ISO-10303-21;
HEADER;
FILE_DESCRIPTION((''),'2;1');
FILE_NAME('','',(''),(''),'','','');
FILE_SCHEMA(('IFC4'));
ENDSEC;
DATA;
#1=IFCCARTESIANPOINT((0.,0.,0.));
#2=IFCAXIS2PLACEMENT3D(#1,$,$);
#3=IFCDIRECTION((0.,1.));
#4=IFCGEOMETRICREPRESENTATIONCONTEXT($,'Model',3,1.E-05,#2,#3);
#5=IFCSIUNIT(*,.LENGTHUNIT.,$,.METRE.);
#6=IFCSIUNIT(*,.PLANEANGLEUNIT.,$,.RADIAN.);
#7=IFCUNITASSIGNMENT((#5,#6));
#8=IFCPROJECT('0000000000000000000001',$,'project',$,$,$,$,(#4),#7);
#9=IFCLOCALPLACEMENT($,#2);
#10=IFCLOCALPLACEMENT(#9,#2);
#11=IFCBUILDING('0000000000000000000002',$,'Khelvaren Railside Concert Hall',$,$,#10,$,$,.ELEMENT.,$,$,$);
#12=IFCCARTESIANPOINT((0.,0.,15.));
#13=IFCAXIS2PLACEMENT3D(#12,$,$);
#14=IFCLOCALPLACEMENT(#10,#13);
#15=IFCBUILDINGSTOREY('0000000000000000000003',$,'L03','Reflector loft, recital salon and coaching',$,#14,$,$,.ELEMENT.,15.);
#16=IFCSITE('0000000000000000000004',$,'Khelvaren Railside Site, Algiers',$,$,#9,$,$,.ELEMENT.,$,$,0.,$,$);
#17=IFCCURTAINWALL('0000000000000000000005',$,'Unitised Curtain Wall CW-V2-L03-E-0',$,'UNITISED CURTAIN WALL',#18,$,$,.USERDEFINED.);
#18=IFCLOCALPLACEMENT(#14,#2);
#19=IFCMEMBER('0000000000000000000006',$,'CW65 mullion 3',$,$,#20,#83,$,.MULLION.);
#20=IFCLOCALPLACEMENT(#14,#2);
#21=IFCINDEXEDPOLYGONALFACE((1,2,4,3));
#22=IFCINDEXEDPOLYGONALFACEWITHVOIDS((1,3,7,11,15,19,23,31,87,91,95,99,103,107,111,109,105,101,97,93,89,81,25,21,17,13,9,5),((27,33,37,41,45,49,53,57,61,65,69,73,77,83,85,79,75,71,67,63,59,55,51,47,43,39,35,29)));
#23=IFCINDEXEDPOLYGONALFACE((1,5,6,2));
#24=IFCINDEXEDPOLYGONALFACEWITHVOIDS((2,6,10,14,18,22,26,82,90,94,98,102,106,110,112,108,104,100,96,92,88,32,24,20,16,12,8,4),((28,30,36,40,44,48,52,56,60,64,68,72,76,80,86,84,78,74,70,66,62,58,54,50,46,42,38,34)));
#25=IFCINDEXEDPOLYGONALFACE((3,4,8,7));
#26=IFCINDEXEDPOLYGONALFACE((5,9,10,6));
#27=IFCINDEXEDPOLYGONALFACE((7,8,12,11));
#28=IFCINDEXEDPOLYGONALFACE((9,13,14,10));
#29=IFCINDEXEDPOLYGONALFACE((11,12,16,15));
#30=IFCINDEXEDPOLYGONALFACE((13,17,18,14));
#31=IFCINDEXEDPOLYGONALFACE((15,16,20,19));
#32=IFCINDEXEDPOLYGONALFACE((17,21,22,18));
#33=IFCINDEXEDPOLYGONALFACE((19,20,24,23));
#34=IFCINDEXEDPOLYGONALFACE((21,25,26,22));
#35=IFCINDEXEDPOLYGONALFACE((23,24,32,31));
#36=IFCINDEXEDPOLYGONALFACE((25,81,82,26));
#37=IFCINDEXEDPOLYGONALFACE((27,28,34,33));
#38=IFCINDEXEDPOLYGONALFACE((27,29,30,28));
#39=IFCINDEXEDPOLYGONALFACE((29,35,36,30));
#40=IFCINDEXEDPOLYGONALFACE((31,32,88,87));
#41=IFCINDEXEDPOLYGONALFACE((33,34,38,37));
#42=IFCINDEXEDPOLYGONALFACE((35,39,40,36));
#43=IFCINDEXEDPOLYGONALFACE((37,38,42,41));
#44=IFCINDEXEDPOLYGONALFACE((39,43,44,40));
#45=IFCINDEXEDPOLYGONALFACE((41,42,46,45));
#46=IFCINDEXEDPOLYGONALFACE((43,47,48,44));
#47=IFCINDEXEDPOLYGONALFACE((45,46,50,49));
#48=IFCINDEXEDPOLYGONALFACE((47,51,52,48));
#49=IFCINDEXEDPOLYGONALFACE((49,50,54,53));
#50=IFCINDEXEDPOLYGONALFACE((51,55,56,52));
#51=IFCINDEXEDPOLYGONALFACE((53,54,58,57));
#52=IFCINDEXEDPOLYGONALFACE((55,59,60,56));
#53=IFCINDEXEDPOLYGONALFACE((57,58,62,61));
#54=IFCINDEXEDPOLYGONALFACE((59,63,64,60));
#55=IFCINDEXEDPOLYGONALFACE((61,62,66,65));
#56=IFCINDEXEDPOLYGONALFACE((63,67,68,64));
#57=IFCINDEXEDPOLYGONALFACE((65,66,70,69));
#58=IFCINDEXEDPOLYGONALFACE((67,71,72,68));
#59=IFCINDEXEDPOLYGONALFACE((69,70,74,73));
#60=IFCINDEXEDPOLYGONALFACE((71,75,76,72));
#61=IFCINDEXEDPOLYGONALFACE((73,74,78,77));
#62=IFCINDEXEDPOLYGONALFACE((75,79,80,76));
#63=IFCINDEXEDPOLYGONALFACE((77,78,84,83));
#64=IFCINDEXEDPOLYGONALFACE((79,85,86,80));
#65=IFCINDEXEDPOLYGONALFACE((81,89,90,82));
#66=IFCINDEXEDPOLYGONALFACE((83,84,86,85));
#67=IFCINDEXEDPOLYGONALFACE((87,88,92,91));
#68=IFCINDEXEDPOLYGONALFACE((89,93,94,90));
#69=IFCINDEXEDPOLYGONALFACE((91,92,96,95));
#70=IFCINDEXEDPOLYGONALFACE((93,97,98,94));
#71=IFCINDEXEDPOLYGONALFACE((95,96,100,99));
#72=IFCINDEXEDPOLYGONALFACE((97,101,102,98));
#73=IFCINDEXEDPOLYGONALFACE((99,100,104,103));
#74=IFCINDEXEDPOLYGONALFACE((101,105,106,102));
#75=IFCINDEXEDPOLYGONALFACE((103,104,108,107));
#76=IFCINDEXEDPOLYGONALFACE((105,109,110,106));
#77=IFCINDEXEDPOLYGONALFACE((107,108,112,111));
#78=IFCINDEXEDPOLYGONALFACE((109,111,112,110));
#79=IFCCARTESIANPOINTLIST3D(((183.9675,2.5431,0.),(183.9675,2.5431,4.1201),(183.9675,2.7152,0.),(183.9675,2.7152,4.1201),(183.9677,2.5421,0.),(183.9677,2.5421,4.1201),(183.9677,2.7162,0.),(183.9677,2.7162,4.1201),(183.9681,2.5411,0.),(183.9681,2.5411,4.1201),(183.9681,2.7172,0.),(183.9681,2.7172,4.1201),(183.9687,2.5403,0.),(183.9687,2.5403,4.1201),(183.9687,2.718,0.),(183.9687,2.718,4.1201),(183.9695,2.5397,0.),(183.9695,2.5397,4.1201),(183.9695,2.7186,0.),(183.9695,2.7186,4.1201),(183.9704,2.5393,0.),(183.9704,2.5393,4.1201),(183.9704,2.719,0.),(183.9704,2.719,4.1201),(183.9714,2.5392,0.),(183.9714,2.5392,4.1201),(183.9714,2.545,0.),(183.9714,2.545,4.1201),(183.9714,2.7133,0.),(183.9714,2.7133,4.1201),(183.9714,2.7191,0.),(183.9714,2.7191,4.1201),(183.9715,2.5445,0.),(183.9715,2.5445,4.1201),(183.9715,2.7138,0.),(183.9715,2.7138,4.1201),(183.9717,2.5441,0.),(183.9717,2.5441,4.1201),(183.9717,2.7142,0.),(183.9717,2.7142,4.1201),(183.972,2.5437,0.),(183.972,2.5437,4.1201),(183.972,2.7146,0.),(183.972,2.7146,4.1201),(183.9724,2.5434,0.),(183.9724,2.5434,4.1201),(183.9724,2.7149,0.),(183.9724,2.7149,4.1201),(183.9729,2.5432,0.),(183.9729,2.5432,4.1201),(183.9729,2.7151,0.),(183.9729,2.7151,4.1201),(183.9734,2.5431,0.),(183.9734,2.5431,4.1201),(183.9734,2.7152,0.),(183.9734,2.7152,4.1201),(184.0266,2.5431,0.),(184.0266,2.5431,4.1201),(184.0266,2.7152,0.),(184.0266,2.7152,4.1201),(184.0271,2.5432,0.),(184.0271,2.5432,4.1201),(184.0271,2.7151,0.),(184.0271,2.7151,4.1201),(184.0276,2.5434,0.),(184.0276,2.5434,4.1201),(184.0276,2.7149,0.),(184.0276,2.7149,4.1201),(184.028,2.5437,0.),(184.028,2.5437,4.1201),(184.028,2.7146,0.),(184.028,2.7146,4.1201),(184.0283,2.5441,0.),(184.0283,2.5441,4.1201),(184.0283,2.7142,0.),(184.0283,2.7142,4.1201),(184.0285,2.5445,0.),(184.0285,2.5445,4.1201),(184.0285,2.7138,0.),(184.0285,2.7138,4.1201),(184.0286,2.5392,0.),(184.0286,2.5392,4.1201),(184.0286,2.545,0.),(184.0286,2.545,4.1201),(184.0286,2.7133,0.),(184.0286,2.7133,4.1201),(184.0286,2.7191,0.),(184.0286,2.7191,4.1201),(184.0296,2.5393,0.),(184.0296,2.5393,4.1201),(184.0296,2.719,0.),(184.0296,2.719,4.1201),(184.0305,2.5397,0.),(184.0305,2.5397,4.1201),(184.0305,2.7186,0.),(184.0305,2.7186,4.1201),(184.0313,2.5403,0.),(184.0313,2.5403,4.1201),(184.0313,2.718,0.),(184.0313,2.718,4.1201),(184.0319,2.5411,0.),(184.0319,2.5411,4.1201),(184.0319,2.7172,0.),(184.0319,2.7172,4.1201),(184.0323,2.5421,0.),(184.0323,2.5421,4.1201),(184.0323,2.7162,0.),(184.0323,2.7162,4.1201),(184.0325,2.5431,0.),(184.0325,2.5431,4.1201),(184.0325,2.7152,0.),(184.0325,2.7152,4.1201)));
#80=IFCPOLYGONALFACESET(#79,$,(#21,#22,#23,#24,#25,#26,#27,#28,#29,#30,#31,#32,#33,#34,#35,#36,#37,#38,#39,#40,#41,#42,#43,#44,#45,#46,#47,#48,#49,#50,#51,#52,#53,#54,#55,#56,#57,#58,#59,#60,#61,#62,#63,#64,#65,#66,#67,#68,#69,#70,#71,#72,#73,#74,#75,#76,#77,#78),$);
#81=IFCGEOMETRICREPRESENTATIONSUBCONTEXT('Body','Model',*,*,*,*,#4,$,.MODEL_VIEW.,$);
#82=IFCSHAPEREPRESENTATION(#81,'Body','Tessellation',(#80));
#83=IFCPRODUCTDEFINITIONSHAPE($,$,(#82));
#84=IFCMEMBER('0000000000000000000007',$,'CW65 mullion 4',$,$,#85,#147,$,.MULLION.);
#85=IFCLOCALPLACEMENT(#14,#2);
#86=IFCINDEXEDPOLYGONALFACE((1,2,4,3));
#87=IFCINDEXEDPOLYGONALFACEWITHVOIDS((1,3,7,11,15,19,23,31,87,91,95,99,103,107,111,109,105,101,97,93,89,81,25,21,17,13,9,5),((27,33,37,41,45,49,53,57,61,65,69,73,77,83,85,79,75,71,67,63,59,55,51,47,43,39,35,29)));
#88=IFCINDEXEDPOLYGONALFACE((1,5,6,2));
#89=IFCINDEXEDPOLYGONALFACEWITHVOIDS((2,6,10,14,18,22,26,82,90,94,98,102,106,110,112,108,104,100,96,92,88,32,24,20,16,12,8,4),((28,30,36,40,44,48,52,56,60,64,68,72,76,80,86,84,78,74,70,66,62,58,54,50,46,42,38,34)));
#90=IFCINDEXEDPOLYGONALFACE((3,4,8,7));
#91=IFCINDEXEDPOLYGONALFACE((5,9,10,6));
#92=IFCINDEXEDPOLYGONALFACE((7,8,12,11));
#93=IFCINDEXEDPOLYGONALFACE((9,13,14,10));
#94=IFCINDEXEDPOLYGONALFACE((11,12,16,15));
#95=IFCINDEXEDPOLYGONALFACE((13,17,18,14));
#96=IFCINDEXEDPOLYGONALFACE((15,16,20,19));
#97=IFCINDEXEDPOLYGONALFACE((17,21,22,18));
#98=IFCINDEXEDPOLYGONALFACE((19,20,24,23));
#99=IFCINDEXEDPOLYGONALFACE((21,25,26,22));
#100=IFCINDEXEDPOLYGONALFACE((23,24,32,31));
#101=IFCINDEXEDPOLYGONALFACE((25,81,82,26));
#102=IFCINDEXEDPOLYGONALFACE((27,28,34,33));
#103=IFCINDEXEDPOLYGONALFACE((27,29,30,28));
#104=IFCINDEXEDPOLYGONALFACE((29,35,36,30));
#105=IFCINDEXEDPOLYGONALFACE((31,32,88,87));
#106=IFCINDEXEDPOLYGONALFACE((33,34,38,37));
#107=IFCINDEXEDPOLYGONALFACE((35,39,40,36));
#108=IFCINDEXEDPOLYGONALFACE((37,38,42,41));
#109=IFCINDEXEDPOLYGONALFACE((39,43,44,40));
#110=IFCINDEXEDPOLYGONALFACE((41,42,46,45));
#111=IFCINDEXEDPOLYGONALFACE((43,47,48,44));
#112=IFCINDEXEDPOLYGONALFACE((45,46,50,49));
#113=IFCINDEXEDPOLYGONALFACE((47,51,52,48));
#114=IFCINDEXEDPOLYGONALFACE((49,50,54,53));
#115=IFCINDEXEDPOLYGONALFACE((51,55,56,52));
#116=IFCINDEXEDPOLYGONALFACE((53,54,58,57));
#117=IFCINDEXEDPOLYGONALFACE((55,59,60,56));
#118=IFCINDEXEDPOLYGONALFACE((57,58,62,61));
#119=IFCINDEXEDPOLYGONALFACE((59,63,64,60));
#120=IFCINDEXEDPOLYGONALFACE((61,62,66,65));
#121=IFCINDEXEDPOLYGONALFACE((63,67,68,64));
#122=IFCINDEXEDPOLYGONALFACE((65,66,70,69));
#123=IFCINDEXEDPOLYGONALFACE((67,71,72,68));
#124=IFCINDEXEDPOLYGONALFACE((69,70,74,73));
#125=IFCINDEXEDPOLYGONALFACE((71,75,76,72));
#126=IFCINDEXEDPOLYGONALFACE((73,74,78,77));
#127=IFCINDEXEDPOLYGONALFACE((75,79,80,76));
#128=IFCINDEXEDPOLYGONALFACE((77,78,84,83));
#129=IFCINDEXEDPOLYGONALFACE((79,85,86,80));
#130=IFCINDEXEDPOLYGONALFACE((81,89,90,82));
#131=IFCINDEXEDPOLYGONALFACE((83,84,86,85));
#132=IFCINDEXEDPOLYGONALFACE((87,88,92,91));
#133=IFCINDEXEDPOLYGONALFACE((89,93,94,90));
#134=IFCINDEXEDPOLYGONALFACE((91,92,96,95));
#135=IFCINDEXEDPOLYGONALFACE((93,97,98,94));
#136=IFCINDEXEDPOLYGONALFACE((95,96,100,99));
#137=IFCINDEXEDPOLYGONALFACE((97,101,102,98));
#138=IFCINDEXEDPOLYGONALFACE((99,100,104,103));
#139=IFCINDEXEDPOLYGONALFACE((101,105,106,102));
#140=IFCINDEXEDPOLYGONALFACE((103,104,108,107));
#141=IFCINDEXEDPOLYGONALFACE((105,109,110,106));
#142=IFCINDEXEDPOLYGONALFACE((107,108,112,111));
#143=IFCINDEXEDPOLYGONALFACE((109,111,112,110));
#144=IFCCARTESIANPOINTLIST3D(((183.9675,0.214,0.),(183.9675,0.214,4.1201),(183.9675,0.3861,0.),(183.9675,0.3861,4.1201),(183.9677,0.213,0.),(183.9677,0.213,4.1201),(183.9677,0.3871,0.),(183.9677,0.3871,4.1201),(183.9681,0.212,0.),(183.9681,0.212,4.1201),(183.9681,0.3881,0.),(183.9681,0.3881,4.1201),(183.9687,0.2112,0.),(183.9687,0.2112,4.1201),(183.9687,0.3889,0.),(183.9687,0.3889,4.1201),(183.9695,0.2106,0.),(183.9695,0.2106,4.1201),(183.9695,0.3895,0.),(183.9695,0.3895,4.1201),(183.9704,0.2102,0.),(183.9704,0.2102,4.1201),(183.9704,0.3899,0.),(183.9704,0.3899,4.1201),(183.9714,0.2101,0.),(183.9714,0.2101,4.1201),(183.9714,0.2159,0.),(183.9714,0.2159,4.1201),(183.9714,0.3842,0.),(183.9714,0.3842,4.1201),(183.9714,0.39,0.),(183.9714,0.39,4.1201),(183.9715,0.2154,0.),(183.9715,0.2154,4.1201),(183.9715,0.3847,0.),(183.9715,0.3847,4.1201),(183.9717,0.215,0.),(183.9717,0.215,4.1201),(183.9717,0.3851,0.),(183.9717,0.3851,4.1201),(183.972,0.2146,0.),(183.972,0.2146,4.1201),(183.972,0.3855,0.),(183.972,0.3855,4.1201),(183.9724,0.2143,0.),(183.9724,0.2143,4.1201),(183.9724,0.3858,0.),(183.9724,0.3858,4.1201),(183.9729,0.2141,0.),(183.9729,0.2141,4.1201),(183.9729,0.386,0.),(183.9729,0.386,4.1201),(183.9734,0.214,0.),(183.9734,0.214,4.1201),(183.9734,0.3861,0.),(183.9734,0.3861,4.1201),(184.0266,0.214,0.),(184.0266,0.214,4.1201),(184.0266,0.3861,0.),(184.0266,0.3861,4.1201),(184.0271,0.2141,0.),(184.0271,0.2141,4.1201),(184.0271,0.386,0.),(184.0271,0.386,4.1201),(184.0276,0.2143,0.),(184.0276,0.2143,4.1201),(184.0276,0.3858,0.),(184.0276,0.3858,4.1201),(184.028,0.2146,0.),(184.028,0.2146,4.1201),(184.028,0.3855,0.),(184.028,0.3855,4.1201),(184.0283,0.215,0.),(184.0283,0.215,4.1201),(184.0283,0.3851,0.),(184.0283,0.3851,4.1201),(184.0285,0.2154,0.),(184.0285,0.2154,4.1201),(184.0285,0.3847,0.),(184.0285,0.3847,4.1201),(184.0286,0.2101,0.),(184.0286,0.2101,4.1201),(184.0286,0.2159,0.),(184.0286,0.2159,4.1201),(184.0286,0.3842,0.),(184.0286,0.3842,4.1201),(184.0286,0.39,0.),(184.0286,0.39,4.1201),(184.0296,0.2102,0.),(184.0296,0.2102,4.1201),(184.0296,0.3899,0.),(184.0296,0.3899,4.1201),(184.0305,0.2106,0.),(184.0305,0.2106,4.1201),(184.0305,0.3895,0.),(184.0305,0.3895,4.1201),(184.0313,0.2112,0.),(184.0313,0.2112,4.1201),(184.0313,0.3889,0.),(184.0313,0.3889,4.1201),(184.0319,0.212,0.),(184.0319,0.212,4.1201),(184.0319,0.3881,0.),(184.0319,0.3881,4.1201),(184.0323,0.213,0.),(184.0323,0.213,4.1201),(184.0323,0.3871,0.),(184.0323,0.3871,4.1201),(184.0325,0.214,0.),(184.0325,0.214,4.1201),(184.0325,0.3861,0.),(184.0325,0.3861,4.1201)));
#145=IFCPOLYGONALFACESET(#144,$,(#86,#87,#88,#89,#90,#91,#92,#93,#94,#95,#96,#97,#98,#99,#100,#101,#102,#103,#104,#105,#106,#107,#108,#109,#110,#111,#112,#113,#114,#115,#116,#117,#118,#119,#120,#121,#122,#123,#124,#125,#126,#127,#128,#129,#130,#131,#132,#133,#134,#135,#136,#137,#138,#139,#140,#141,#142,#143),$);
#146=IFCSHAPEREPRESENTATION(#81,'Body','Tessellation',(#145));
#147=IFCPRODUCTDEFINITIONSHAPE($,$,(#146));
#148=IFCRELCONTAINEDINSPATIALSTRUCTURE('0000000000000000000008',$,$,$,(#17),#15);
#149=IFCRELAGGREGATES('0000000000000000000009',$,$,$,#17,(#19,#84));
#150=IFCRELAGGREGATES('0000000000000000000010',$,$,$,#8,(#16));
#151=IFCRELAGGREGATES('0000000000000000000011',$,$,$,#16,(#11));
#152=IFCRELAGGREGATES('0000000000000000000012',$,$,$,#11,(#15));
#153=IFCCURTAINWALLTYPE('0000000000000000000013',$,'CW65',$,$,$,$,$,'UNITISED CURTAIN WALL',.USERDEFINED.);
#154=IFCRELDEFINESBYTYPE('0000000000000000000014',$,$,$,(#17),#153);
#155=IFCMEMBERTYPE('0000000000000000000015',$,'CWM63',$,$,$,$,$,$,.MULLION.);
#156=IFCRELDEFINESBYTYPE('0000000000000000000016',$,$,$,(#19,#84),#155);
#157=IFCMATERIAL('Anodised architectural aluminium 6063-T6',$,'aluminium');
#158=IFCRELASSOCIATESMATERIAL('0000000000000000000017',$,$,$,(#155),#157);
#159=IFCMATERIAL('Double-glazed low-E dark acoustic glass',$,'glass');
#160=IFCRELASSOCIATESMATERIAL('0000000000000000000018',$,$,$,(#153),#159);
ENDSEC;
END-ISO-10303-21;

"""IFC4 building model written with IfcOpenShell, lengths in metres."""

from ifc_helpers import new_model, si_unit, direction, frame, origin, origin_2d, place, context, subcontext, project, spatial, hollow_rectangle, extrude, material, material_profile, profile_set, type_object, element, aggregate, save


model = new_model("IFC4")

# Units and contexts
model_context = context("Model", 3, precision=1e-05, world=origin(), true_north=direction((0.0, 1.0)))
body_context = subcontext(model_context, "Body", "Model", "MODEL_VIEW")
ifc_project = project(units=[si_unit("LENGTHUNIT", "METRE"), si_unit("PLANEANGLEUNIT", "RADIAN")], contexts=[model_context])

# Site, building, storey
site_placement = place(None, origin())
site = spatial("IfcSite", under=ifc_project, at=site_placement, Name="Khelvaren Railside Site, Algiers", CompositionType="ELEMENT", RefElevation=0.0)
building_placement = place(site_placement, origin())
building = spatial("IfcBuilding", under=site, at=building_placement, Name="Khelvaren Railside Concert Hall", CompositionType="ELEMENT")
storey_placement = place(building_placement, frame((0.0, 0.0, 15.0)))
storey = spatial("IfcBuildingStorey", under=building, at=storey_placement, Name="L03", Description="Reflector loft, recital salon and coaching", CompositionType="ELEMENT", Elevation=15.0)

# Curtain wall, members
ifc_material_1 = material(Name="Double-glazed low-E dark acoustic glass", Category="glass")
ifc_material_2 = material(Name="Anodised architectural aluminium 6063-T6", Category="aluminium")
ifc_material_profile_1 = material_profile(ifc_material_2, hollow_rectangle(XDim=0.0649, YDim=0.1799, WallThickness=0.0039, InnerFilletRadius=0.002, OuterFilletRadius=0.0039, at=origin_2d()), Name="CWM 65x180x4")
ifc_profile_set_1 = profile_set([ifc_material_profile_1], Name="Anodised architectural aluminium 6063-T6")
member_type_1 = type_object("IfcMemberType", Name="CWM63", PredefinedType="MULLION", material=ifc_profile_set_1)
curtain_wall_type_1 = type_object("IfcCurtainWallType", Name="CW65", ElementType="UNITISED CURTAIN WALL", PredefinedType="USERDEFINED", material=ifc_material_1)
curtain_wall_1_placement = place(storey_placement, origin())
curtain_wall_1 = element("IfcCurtainWall", 1, at=curtain_wall_1_placement, inside=storey, type_object=curtain_wall_type_1, Name="Unitised Curtain Wall CW-V2-L03-E-0", ObjectType="UNITISED CURTAIN WALL", PredefinedType="USERDEFINED")
member_1_placement = place(storey_placement, frame((184.0, 2.6292, 0.0), z_axis=(0.0, 0.0, 1.0), x_axis=(1.0, 0.0, 0.0)))
member_1 = element("IfcMember", 2, at=member_1_placement, type_object=member_type_1, Name="CW65 mullion 3", PredefinedType="MULLION", context=body_context, shape_type="SweptSolid", body=[
    extrude(hollow_rectangle(XDim=0.0649, YDim=0.1799, WallThickness=0.0039, InnerFilletRadius=0.002, OuterFilletRadius=0.0039, at=origin_2d()), origin(), (0.0, 0.0, 1.0), 4.1201),
])
member_2_placement = place(storey_placement, frame((184.0, 0.3, 0.0), z_axis=(0.0, 0.0, 1.0), x_axis=(1.0, 0.0, 0.0)))
member_2 = element("IfcMember", 3, at=member_2_placement, type_object=member_type_1, Name="CW65 mullion 4", PredefinedType="MULLION", context=body_context, shape_type="SweptSolid", body=[
    extrude(hollow_rectangle(XDim=0.0649, YDim=0.1799, WallThickness=0.0039, InnerFilletRadius=0.002, OuterFilletRadius=0.0039, at=origin_2d()), origin(), (0.0, 0.0, 1.0), 4.1201),
])

aggregate(curtain_wall_1, [member_1, member_2])

save(model, "model.ifc")
